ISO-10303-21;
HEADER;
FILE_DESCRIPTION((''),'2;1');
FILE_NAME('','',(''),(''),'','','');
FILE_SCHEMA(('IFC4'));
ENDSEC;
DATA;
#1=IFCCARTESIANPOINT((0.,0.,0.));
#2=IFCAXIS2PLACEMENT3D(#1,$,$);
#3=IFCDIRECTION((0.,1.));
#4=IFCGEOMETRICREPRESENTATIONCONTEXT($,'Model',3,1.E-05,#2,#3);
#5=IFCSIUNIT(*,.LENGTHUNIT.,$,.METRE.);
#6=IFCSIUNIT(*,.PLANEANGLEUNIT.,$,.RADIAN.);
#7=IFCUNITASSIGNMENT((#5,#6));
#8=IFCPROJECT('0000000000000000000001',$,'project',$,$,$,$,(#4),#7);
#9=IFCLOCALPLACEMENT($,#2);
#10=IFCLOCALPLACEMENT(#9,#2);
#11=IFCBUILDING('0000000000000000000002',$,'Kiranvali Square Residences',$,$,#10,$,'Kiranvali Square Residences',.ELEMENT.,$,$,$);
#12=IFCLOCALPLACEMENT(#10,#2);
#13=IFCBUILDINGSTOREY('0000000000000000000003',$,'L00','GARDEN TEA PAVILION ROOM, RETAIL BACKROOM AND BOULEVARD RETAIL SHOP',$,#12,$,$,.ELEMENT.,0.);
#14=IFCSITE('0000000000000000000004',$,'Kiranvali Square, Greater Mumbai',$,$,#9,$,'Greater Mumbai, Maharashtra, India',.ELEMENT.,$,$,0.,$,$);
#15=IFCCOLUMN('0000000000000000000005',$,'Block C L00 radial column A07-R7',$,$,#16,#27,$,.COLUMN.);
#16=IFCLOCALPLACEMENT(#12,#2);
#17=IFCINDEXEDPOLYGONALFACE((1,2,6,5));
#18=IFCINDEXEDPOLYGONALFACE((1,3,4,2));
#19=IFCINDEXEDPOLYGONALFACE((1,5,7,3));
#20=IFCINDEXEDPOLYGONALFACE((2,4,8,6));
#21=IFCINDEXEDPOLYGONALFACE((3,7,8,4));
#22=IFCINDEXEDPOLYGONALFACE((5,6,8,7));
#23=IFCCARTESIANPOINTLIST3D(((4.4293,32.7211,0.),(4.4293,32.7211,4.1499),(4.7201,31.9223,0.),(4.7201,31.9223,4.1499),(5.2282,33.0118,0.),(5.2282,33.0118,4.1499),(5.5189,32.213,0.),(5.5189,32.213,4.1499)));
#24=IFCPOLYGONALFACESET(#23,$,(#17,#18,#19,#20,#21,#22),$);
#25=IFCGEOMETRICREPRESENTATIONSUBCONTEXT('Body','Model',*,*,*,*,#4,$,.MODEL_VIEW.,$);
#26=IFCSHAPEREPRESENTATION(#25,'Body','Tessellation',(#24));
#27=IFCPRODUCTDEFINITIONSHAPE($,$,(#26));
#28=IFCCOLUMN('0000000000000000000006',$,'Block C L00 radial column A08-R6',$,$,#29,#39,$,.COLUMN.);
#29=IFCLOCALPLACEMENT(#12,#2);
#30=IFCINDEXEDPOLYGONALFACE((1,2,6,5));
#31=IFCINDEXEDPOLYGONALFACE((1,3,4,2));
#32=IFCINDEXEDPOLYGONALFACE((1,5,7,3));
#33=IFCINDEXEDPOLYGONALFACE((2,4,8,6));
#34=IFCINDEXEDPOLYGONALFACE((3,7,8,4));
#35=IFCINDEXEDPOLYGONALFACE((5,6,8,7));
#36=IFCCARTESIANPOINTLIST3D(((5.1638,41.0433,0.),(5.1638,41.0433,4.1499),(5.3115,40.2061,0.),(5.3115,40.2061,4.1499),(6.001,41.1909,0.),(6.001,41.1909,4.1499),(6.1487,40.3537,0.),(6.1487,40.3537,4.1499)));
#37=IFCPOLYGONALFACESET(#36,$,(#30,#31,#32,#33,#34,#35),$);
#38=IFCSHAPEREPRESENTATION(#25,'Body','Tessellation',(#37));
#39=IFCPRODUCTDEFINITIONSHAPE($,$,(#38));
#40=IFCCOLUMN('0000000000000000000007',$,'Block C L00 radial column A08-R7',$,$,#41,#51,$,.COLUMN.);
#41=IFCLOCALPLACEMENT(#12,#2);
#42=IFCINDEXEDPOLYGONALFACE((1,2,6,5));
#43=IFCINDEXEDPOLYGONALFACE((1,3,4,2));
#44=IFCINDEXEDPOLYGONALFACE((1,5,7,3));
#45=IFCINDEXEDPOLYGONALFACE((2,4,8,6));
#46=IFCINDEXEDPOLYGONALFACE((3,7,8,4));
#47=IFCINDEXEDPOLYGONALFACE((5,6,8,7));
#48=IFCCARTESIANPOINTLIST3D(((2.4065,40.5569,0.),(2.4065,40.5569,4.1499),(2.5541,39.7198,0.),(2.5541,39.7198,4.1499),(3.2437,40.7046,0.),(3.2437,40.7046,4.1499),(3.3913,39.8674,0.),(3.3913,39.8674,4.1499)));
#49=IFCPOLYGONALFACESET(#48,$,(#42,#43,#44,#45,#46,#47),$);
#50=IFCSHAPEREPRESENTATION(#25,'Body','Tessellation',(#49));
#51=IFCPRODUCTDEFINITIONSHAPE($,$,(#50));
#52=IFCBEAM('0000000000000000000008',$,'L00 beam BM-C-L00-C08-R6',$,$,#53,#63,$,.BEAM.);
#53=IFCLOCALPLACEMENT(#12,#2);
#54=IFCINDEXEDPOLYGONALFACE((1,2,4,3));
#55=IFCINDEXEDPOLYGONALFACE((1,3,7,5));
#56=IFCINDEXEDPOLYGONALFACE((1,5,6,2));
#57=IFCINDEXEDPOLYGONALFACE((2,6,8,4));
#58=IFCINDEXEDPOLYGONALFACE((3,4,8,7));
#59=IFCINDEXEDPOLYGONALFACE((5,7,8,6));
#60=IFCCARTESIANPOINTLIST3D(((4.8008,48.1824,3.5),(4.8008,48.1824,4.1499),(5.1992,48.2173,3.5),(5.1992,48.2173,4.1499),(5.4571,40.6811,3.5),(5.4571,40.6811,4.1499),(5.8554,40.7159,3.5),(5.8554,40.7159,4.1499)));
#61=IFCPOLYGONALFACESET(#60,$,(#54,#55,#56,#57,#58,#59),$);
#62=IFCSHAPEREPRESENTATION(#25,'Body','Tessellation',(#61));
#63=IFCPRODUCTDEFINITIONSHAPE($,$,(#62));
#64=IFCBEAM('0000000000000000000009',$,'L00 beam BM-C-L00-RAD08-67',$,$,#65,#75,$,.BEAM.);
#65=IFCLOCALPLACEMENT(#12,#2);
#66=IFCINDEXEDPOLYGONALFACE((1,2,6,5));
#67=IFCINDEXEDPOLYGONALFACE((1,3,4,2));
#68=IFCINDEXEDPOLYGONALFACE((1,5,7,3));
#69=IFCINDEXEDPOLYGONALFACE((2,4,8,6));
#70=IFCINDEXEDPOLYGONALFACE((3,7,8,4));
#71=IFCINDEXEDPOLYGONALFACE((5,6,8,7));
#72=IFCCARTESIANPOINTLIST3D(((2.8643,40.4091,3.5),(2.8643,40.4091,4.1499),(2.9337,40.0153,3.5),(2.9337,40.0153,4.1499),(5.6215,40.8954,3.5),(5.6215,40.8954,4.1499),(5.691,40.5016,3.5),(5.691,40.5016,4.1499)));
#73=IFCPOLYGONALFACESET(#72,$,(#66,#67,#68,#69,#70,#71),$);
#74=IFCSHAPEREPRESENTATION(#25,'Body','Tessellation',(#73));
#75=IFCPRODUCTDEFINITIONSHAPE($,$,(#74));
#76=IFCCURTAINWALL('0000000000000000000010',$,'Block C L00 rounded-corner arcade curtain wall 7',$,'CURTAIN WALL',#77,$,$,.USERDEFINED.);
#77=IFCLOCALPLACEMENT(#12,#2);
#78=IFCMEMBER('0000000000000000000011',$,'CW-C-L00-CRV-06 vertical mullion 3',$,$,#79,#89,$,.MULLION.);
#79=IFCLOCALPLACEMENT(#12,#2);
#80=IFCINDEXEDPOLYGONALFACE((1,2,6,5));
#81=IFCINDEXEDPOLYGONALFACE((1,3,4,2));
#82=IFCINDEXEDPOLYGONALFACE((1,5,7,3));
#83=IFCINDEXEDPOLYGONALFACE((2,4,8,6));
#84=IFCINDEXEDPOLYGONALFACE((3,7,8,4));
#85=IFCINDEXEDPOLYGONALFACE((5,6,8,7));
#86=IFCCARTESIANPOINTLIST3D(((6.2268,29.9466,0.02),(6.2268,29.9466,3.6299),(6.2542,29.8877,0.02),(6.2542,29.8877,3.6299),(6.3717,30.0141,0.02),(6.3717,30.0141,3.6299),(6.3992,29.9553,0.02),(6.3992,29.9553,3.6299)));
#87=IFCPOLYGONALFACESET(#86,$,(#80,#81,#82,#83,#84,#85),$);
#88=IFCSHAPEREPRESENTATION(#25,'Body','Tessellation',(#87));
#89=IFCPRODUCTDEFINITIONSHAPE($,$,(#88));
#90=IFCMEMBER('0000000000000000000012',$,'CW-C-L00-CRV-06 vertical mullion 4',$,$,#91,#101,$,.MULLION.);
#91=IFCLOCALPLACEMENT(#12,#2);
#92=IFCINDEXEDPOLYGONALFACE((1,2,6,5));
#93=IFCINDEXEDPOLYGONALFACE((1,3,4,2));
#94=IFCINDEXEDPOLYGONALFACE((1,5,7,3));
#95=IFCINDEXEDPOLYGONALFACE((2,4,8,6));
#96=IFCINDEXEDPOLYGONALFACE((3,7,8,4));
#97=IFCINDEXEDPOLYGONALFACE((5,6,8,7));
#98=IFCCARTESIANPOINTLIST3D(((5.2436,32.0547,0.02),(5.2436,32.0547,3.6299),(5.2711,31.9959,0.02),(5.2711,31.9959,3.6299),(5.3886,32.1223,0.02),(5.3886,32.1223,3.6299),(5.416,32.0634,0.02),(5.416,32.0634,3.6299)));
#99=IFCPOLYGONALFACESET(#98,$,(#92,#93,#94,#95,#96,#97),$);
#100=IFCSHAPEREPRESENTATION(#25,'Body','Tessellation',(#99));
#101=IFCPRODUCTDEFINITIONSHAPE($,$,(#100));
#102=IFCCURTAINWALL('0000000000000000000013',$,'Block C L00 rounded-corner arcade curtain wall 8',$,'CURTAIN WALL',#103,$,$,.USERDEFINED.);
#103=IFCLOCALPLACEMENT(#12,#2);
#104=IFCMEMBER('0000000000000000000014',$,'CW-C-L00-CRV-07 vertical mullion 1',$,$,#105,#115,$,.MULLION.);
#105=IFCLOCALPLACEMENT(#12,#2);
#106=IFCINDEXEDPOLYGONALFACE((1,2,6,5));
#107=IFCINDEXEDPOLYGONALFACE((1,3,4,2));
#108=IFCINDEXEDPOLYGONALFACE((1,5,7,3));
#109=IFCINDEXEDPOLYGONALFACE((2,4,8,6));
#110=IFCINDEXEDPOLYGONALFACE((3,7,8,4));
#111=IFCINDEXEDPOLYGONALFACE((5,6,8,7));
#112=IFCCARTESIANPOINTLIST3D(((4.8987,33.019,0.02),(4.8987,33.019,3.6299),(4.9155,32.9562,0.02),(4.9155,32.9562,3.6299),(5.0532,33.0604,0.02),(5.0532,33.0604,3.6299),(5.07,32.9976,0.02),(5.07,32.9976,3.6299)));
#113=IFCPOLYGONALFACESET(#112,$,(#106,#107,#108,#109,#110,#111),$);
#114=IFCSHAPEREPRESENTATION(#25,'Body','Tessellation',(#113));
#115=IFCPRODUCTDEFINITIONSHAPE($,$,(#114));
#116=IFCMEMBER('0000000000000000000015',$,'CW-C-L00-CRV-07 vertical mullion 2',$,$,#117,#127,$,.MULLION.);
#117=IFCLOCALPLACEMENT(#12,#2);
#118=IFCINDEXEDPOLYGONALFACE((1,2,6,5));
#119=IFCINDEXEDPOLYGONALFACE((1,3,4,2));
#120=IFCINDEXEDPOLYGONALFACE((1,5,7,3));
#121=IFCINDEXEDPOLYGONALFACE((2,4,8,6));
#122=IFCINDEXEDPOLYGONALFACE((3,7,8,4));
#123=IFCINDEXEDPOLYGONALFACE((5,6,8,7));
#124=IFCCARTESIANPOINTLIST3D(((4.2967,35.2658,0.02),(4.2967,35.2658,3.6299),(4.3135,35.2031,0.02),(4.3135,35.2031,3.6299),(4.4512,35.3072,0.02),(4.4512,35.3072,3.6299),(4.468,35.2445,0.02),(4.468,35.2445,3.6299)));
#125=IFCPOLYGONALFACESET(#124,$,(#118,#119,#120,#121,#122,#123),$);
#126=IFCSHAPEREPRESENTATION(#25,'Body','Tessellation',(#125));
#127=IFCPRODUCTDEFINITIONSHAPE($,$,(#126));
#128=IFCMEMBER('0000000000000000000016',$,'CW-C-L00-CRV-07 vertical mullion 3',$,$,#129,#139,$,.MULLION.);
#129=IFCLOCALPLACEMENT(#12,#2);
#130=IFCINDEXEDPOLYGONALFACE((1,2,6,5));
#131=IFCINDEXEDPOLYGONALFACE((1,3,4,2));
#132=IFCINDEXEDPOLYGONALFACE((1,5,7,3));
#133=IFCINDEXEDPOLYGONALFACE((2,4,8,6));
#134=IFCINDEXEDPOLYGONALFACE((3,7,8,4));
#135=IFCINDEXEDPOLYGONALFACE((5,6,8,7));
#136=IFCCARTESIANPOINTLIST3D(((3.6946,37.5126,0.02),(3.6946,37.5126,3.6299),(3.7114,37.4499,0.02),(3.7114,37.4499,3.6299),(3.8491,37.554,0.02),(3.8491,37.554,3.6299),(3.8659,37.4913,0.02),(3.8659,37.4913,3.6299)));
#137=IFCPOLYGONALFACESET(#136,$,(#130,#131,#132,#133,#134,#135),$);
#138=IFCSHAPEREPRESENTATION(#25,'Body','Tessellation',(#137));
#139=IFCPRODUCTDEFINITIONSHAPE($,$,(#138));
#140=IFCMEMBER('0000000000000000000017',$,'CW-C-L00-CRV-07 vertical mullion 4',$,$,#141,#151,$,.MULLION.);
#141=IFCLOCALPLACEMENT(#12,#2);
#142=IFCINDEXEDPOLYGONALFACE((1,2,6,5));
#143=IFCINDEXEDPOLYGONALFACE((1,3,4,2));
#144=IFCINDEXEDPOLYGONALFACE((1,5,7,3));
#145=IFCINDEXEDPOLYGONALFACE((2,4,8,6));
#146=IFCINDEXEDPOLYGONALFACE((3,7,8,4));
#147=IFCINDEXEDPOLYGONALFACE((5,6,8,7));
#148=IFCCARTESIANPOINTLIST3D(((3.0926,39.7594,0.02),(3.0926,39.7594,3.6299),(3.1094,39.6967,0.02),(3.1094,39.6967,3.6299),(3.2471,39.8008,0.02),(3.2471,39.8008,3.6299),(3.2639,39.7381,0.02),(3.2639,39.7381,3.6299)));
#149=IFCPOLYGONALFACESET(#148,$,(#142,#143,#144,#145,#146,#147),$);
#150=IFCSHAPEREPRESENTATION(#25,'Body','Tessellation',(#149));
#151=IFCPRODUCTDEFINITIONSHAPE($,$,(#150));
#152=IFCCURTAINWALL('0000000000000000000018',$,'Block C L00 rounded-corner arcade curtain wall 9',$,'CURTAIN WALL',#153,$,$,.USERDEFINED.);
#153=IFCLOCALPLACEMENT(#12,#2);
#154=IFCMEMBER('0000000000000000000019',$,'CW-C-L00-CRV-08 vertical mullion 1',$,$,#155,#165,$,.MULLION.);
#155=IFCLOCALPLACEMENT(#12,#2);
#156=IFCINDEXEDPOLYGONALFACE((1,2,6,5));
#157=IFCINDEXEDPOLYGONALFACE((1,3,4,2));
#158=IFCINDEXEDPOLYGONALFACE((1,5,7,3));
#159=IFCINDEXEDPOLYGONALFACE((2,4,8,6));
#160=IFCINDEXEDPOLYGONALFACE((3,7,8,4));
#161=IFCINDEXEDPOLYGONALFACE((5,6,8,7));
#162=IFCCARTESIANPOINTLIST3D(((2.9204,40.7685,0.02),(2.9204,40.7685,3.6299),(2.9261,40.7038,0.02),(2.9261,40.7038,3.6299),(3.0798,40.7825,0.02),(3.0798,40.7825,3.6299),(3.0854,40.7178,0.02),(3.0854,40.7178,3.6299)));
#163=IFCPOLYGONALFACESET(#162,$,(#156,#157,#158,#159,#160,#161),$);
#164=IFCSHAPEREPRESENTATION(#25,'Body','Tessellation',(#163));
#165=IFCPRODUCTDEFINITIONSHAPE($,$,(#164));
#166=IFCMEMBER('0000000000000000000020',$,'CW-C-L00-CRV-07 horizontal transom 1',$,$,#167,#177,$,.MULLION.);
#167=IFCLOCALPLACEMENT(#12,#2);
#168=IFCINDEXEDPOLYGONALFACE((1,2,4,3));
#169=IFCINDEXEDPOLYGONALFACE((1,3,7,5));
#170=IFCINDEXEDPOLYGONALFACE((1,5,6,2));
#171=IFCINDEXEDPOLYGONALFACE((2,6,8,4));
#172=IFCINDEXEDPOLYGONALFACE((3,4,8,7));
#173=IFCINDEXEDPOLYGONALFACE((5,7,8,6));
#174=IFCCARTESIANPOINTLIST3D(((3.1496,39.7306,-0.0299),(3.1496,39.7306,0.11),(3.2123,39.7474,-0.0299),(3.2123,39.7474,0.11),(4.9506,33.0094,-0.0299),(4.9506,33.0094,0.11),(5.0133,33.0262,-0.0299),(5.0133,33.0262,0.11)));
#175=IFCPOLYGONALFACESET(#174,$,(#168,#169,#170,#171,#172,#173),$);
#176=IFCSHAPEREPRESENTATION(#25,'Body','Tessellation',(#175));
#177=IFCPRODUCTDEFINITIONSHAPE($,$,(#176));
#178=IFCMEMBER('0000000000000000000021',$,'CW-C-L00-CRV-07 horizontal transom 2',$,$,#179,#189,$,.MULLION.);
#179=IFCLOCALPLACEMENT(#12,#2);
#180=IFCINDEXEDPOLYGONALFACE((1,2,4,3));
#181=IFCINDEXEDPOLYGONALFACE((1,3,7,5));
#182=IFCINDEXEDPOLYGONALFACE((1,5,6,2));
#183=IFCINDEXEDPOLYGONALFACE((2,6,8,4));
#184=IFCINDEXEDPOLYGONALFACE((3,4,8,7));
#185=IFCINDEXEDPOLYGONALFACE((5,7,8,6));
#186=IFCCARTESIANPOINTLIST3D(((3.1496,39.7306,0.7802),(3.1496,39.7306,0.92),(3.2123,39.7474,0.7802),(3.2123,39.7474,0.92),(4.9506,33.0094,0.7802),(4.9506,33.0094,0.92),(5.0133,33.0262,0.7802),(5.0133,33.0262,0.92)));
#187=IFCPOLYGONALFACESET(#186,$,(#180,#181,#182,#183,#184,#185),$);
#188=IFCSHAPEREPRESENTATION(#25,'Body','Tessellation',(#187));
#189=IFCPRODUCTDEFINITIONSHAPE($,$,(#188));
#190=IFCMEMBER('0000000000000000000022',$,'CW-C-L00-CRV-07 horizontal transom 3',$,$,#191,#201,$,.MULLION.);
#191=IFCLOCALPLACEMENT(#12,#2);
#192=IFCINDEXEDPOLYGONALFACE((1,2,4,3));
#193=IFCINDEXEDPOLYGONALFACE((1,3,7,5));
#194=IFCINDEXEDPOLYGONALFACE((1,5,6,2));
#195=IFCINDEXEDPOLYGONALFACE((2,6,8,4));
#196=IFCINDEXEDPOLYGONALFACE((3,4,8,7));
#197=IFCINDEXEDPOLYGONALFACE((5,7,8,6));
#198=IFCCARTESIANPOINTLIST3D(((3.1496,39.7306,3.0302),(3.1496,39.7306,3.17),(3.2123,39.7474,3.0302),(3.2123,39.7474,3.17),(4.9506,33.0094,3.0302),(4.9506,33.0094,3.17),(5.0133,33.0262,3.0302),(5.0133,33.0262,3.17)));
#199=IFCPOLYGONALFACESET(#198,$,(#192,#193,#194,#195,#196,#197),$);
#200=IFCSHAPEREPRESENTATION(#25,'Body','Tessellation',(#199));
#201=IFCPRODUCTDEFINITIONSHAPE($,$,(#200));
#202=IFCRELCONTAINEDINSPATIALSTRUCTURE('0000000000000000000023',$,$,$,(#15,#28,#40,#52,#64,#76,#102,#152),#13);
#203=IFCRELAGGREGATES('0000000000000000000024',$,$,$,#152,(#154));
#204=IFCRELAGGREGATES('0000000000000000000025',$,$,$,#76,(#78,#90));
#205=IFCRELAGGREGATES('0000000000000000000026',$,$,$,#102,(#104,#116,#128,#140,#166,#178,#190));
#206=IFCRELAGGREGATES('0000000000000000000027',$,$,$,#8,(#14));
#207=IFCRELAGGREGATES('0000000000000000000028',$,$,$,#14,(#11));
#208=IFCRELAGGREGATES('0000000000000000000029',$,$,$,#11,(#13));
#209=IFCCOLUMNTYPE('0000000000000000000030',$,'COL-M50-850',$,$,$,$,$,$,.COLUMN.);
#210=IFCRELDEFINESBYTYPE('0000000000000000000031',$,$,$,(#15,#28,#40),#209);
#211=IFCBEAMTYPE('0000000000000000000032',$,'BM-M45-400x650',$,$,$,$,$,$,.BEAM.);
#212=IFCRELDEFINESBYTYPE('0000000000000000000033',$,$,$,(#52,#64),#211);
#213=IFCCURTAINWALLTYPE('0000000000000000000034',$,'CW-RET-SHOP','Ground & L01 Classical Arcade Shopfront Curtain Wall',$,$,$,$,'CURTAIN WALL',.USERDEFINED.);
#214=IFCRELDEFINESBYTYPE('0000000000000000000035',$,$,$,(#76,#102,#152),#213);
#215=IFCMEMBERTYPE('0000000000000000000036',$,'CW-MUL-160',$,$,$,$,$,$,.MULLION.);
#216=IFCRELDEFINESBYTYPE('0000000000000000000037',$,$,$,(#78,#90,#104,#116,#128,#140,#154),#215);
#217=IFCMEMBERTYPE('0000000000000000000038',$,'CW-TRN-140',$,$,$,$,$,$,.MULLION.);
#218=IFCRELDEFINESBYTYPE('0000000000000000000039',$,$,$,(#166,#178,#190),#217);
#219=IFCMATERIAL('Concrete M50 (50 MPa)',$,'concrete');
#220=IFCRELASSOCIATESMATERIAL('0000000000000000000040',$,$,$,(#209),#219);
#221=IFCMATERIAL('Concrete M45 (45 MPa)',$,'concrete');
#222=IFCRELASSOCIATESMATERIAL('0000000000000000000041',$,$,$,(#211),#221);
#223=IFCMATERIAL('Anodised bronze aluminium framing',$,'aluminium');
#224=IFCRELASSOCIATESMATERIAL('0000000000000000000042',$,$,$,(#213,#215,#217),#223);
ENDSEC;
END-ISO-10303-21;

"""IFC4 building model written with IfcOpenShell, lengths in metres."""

from ifc_helpers import new_model, si_unit, direction, frame, origin, origin_2d, place, context, subcontext, project, spatial, rectangle, extrude, material, material_profile, profile_set, type_object, element, aggregate, save


model = new_model("IFC4")

# Units and contexts
model_context = context("Model", 3, precision=1e-05, world=origin(), true_north=direction((0.0, 1.0)))
body_context = subcontext(model_context, "Body", "Model", "MODEL_VIEW")
ifc_project = project(units=[si_unit("LENGTHUNIT", "METRE"), si_unit("PLANEANGLEUNIT", "RADIAN")], contexts=[model_context])

# Site, building, storey
site_placement = place(None, origin())
site = spatial("IfcSite", under=ifc_project, at=site_placement, Name="Kiranvali Square, Greater Mumbai", LongName="Greater Mumbai, Maharashtra, India", CompositionType="ELEMENT", RefElevation=0.0)
building_placement = place(site_placement, origin())
building = spatial("IfcBuilding", under=site, at=building_placement, Name="Kiranvali Square Residences", LongName="Kiranvali Square Residences", CompositionType="ELEMENT")
storey_placement = place(building_placement, origin())
storey = spatial("IfcBuildingStorey", under=building, at=storey_placement, Name="L00", Description="GARDEN TEA PAVILION ROOM, RETAIL BACKROOM AND BOULEVARD RETAIL SHOP", CompositionType="ELEMENT", Elevation=0.0)

# Columns
ifc_material_1 = material(Name="Concrete M50 (50 MPa)", Category="concrete")
ifc_material_profile_1 = material_profile(ifc_material_1, rectangle(XDim=0.8501, YDim=0.8501, at=origin_2d()), Name="RC 850x850")
ifc_profile_set_1 = profile_set([ifc_material_profile_1], Name="Concrete M50 (50 MPa)")
column_type = type_object("IfcColumnType", Name="COL-M50-850", PredefinedType="COLUMN", material=ifc_profile_set_1)
for number, where, z_axis, x_axis, name in (
    (1, (4.9741, 32.467, 0.0), (0.0, 0.0, 1.0), (-0.34202, 0.939693, 0.0), "Block C L00 radial column A07-R7"),
    (2, (5.6562, 40.6985, 0.0), (0.0, 0.0, 1.0), (-0.173648, 0.984808, 0.0), "Block C L00 radial column A08-R6"),
    (3, (2.8989, 40.2122, 0.0), (0.0, 0.0, 1.0), (-0.173648, 0.984808, 0.0), "Block C L00 radial column A08-R7"),
):
    element("IfcColumn", number, at=place(storey_placement, frame(where, z_axis=z_axis, x_axis=x_axis)), inside=storey, type_object=column_type, Name=name, PredefinedType="COLUMN", context=body_context, shape_type="SweptSolid", body=[
        extrude(rectangle(XDim=0.8501, YDim=0.8501, at=origin_2d()), origin(), (0.0, 0.0, 1.0), 4.1499),
    ])

# Beams
ifc_material_2 = material(Name="Concrete M45 (45 MPa)", Category="concrete")
ifc_material_profile_2 = material_profile(ifc_material_2, rectangle(XDim=0.3999, YDim=0.6499, at=origin_2d()), Name="RC 400x650")
ifc_profile_set_2 = profile_set([ifc_material_profile_2], Name="Concrete M45 (45 MPa)")
beam_type_1 = type_object("IfcBeamType", Name="BM-M45-400x650", PredefinedType="BEAM", material=ifc_profile_set_2)
beam_1_placement = place(storey_placement, frame((5.6562, 40.6985, 3.825), z_axis=(-0.08715, 0.996195, 0.0), x_axis=(-0.996195, -0.08715, 0.0)))
element("IfcBeam", 4, at=beam_1_placement, inside=storey, type_object=beam_type_1, Name="L00 beam BM-C-L00-C08-R6", PredefinedType="BEAM", context=body_context, shape_type="SweptSolid", body=[
    extrude(rectangle(XDim=0.3999, YDim=0.6499, at=origin_2d()), origin(), (0.0, 0.0, 1.0), 7.53),
])
beam_2_placement = place(storey_placement, frame((5.6562, 40.6985, 3.825), z_axis=(-0.984799, -0.173696, 0.0), x_axis=(0.173696, -0.984799, 0.0)))
element("IfcBeam", 5, at=beam_2_placement, inside=storey, type_object=beam_type_1, Name="L00 beam BM-C-L00-RAD08-67", PredefinedType="BEAM", context=body_context, shape_type="SweptSolid", body=[
    extrude(rectangle(XDim=0.3999, YDim=0.6499, at=origin_2d()), origin(), (0.0, 0.0, 1.0), 2.7998),
])

# Curtain walls, members
ifc_material_3 = material(Name="Anodised bronze aluminium framing", Category="aluminium")
curtain_wall_type = type_object("IfcCurtainWallType", Name="CW-RET-SHOP", Description="Ground & L01 Classical Arcade Shopfront Curtain Wall", ElementType="CURTAIN WALL", PredefinedType="USERDEFINED", material=ifc_material_3)
curtain_wall_1_placement = place(storey_placement, origin())
curtain_wall_1 = element("IfcCurtainWall", 6, at=curtain_wall_1_placement, inside=storey, type_object=curtain_wall_type, Name="Block C L00 rounded-corner arcade curtain wall 7", ObjectType="CURTAIN WALL", PredefinedType="USERDEFINED")
ifc_material_profile_3 = material_profile(ifc_material_3, rectangle(XDim=0.0649, YDim=0.1599, at=origin_2d()), Name="ALU 65x160")
ifc_profile_set_3 = profile_set([ifc_material_profile_3], Name="Anodised bronze aluminium framing")
member_type_1 = type_object("IfcMemberType", Name="CW-MUL-160", PredefinedType="MULLION", material=ifc_profile_set_3)
member_1_placement = place(storey_placement, frame((6.313, 29.9509, 0.02), z_axis=(0.0, 0.0, 1.0), x_axis=(-0.422618, 0.906308, 0.0)))
member_1 = element("IfcMember", 7, at=member_1_placement, type_object=member_type_1, Name="CW-C-L00-CRV-06 vertical mullion 3", PredefinedType="MULLION", context=body_context, shape_type="SweptSolid", body=[
    extrude(rectangle(XDim=0.0649, YDim=0.1599, at=origin_2d()), origin(), (0.0, 0.0, 1.0), 3.6099),
])
member_2_placement = place(storey_placement, frame((5.3298, 32.0591, 0.02), z_axis=(0.0, 0.0, 1.0), x_axis=(-0.422618, 0.906308, 0.0)))
member_2 = element("IfcMember", 8, at=member_2_placement, type_object=member_type_1, Name="CW-C-L00-CRV-06 vertical mullion 4", PredefinedType="MULLION", context=body_context, shape_type="SweptSolid", body=[
    extrude(rectangle(XDim=0.0649, YDim=0.1599, at=origin_2d()), origin(), (0.0, 0.0, 1.0), 3.6099),
])
curtain_wall_2_placement = place(storey_placement, origin())
curtain_wall_2 = element("IfcCurtainWall", 9, at=curtain_wall_2_placement, inside=storey, type_object=curtain_wall_type, Name="Block C L00 rounded-corner arcade curtain wall 8", ObjectType="CURTAIN WALL", PredefinedType="USERDEFINED")
member_3_placement = place(storey_placement, frame((4.9844, 33.0083, 0.02), z_axis=(0.0, 0.0, 1.0), x_axis=(-0.258819, 0.965926, 0.0)))
member_3 = element("IfcMember", 10, at=member_3_placement, type_object=member_type_1, Name="CW-C-L00-CRV-07 vertical mullion 1", PredefinedType="MULLION", context=body_context, shape_type="SweptSolid", body=[
    extrude(rectangle(XDim=0.0649, YDim=0.1599, at=origin_2d()), origin(), (0.0, 0.0, 1.0), 3.6099),
])
member_4_placement = place(storey_placement, frame((4.3823, 35.2551, 0.02), z_axis=(0.0, 0.0, 1.0), x_axis=(-0.258819, 0.965926, 0.0)))
member_4 = element("IfcMember", 11, at=member_4_placement, type_object=member_type_1, Name="CW-C-L00-CRV-07 vertical mullion 2", PredefinedType="MULLION", context=body_context, shape_type="SweptSolid", body=[
    extrude(rectangle(XDim=0.0649, YDim=0.1599, at=origin_2d()), origin(), (0.0, 0.0, 1.0), 3.6099),
])
member_5_placement = place(storey_placement, frame((3.7803, 37.502, 0.02), z_axis=(0.0, 0.0, 1.0), x_axis=(-0.258819, 0.965926, 0.0)))
member_5 = element("IfcMember", 12, at=member_5_placement, type_object=member_type_1, Name="CW-C-L00-CRV-07 vertical mullion 3", PredefinedType="MULLION", context=body_context, shape_type="SweptSolid", body=[
    extrude(rectangle(XDim=0.0649, YDim=0.1599, at=origin_2d()), origin(), (0.0, 0.0, 1.0), 3.6099),
])
member_6_placement = place(storey_placement, frame((3.1782, 39.7488, 0.02), z_axis=(0.0, 0.0, 1.0), x_axis=(-0.258819, 0.965926, 0.0)))
member_6 = element("IfcMember", 13, at=member_6_placement, type_object=member_type_1, Name="CW-C-L00-CRV-07 vertical mullion 4", PredefinedType="MULLION", context=body_context, shape_type="SweptSolid", body=[
    extrude(rectangle(XDim=0.0649, YDim=0.1599, at=origin_2d()), origin(), (0.0, 0.0, 1.0), 3.6099),
])

# Curtain wall, member
curtain_wall_3_placement = place(storey_placement, origin())
curtain_wall_3 = element("IfcCurtainWall", 14, at=curtain_wall_3_placement, inside=storey, type_object=curtain_wall_type, Name="Block C L00 rounded-corner arcade curtain wall 9", ObjectType="CURTAIN WALL", PredefinedType="USERDEFINED")
member_7_placement = place(storey_placement, frame((3.0029, 40.7432, 0.02), z_axis=(0.0, 0.0, 1.0), x_axis=(-0.087156, 0.996195, 0.0)))
member_7 = element("IfcMember", 15, at=member_7_placement, type_object=member_type_1, Name="CW-C-L00-CRV-08 vertical mullion 1", PredefinedType="MULLION", context=body_context, shape_type="SweptSolid", body=[
    extrude(rectangle(XDim=0.0649, YDim=0.1599, at=origin_2d()), origin(), (0.0, 0.0, 1.0), 3.6099),
])

# Members
ifc_material_profile_4 = material_profile(ifc_material_3, rectangle(XDim=0.0649, YDim=0.1399, at=origin_2d()), Name="ALU 65x140")
ifc_profile_set_4 = profile_set([ifc_material_profile_4], Name="Anodised bronze aluminium framing")
member_type_2 = type_object("IfcMemberType", Name="CW-TRN-140", PredefinedType="MULLION", material=ifc_profile_set_4)
member_8_placement = place(storey_placement, frame((4.9819, 33.0178, 0.04), z_axis=(-0.258831, 0.965923, 0.0), x_axis=(-0.965923, -0.258831, 0.0)))
member_8 = element("IfcMember", 16, at=member_8_placement, type_object=member_type_2, Name="CW-C-L00-CRV-07 horizontal transom 1", PredefinedType="MULLION", context=body_context, shape_type="SweptSolid", body=[
    extrude(rectangle(XDim=0.0649, YDim=0.1399, at=origin_2d()), origin(), (0.0, 0.0, 1.0), 6.9583),
])
member_9_placement = place(storey_placement, frame((4.9819, 33.0178, 0.8501), z_axis=(-0.258831, 0.965923, 0.0), x_axis=(-0.965923, -0.258831, 0.0)))
member_9 = element("IfcMember", 17, at=member_9_placement, type_object=member_type_2, Name="CW-C-L00-CRV-07 horizontal transom 2", PredefinedType="MULLION", context=body_context, shape_type="SweptSolid", body=[
    extrude(rectangle(XDim=0.0649, YDim=0.1399, at=origin_2d()), origin(), (0.0, 0.0, 1.0), 6.9583),
])
member_10_placement = place(storey_placement, frame((4.9819, 33.0178, 3.1001), z_axis=(-0.258831, 0.965923, 0.0), x_axis=(-0.965923, -0.258831, 0.0)))
member_10 = element("IfcMember", 18, at=member_10_placement, type_object=member_type_2, Name="CW-C-L00-CRV-07 horizontal transom 3", PredefinedType="MULLION", context=body_context, shape_type="SweptSolid", body=[
    extrude(rectangle(XDim=0.0649, YDim=0.1399, at=origin_2d()), origin(), (0.0, 0.0, 1.0), 6.9583),
])
aggregate(curtain_wall_3, [member_7])

aggregate(curtain_wall_1, [member_1, member_2])
aggregate(curtain_wall_2, [member_3, member_4, member_5, member_6, member_8, member_9, member_10])

save(model, "model.ifc")
